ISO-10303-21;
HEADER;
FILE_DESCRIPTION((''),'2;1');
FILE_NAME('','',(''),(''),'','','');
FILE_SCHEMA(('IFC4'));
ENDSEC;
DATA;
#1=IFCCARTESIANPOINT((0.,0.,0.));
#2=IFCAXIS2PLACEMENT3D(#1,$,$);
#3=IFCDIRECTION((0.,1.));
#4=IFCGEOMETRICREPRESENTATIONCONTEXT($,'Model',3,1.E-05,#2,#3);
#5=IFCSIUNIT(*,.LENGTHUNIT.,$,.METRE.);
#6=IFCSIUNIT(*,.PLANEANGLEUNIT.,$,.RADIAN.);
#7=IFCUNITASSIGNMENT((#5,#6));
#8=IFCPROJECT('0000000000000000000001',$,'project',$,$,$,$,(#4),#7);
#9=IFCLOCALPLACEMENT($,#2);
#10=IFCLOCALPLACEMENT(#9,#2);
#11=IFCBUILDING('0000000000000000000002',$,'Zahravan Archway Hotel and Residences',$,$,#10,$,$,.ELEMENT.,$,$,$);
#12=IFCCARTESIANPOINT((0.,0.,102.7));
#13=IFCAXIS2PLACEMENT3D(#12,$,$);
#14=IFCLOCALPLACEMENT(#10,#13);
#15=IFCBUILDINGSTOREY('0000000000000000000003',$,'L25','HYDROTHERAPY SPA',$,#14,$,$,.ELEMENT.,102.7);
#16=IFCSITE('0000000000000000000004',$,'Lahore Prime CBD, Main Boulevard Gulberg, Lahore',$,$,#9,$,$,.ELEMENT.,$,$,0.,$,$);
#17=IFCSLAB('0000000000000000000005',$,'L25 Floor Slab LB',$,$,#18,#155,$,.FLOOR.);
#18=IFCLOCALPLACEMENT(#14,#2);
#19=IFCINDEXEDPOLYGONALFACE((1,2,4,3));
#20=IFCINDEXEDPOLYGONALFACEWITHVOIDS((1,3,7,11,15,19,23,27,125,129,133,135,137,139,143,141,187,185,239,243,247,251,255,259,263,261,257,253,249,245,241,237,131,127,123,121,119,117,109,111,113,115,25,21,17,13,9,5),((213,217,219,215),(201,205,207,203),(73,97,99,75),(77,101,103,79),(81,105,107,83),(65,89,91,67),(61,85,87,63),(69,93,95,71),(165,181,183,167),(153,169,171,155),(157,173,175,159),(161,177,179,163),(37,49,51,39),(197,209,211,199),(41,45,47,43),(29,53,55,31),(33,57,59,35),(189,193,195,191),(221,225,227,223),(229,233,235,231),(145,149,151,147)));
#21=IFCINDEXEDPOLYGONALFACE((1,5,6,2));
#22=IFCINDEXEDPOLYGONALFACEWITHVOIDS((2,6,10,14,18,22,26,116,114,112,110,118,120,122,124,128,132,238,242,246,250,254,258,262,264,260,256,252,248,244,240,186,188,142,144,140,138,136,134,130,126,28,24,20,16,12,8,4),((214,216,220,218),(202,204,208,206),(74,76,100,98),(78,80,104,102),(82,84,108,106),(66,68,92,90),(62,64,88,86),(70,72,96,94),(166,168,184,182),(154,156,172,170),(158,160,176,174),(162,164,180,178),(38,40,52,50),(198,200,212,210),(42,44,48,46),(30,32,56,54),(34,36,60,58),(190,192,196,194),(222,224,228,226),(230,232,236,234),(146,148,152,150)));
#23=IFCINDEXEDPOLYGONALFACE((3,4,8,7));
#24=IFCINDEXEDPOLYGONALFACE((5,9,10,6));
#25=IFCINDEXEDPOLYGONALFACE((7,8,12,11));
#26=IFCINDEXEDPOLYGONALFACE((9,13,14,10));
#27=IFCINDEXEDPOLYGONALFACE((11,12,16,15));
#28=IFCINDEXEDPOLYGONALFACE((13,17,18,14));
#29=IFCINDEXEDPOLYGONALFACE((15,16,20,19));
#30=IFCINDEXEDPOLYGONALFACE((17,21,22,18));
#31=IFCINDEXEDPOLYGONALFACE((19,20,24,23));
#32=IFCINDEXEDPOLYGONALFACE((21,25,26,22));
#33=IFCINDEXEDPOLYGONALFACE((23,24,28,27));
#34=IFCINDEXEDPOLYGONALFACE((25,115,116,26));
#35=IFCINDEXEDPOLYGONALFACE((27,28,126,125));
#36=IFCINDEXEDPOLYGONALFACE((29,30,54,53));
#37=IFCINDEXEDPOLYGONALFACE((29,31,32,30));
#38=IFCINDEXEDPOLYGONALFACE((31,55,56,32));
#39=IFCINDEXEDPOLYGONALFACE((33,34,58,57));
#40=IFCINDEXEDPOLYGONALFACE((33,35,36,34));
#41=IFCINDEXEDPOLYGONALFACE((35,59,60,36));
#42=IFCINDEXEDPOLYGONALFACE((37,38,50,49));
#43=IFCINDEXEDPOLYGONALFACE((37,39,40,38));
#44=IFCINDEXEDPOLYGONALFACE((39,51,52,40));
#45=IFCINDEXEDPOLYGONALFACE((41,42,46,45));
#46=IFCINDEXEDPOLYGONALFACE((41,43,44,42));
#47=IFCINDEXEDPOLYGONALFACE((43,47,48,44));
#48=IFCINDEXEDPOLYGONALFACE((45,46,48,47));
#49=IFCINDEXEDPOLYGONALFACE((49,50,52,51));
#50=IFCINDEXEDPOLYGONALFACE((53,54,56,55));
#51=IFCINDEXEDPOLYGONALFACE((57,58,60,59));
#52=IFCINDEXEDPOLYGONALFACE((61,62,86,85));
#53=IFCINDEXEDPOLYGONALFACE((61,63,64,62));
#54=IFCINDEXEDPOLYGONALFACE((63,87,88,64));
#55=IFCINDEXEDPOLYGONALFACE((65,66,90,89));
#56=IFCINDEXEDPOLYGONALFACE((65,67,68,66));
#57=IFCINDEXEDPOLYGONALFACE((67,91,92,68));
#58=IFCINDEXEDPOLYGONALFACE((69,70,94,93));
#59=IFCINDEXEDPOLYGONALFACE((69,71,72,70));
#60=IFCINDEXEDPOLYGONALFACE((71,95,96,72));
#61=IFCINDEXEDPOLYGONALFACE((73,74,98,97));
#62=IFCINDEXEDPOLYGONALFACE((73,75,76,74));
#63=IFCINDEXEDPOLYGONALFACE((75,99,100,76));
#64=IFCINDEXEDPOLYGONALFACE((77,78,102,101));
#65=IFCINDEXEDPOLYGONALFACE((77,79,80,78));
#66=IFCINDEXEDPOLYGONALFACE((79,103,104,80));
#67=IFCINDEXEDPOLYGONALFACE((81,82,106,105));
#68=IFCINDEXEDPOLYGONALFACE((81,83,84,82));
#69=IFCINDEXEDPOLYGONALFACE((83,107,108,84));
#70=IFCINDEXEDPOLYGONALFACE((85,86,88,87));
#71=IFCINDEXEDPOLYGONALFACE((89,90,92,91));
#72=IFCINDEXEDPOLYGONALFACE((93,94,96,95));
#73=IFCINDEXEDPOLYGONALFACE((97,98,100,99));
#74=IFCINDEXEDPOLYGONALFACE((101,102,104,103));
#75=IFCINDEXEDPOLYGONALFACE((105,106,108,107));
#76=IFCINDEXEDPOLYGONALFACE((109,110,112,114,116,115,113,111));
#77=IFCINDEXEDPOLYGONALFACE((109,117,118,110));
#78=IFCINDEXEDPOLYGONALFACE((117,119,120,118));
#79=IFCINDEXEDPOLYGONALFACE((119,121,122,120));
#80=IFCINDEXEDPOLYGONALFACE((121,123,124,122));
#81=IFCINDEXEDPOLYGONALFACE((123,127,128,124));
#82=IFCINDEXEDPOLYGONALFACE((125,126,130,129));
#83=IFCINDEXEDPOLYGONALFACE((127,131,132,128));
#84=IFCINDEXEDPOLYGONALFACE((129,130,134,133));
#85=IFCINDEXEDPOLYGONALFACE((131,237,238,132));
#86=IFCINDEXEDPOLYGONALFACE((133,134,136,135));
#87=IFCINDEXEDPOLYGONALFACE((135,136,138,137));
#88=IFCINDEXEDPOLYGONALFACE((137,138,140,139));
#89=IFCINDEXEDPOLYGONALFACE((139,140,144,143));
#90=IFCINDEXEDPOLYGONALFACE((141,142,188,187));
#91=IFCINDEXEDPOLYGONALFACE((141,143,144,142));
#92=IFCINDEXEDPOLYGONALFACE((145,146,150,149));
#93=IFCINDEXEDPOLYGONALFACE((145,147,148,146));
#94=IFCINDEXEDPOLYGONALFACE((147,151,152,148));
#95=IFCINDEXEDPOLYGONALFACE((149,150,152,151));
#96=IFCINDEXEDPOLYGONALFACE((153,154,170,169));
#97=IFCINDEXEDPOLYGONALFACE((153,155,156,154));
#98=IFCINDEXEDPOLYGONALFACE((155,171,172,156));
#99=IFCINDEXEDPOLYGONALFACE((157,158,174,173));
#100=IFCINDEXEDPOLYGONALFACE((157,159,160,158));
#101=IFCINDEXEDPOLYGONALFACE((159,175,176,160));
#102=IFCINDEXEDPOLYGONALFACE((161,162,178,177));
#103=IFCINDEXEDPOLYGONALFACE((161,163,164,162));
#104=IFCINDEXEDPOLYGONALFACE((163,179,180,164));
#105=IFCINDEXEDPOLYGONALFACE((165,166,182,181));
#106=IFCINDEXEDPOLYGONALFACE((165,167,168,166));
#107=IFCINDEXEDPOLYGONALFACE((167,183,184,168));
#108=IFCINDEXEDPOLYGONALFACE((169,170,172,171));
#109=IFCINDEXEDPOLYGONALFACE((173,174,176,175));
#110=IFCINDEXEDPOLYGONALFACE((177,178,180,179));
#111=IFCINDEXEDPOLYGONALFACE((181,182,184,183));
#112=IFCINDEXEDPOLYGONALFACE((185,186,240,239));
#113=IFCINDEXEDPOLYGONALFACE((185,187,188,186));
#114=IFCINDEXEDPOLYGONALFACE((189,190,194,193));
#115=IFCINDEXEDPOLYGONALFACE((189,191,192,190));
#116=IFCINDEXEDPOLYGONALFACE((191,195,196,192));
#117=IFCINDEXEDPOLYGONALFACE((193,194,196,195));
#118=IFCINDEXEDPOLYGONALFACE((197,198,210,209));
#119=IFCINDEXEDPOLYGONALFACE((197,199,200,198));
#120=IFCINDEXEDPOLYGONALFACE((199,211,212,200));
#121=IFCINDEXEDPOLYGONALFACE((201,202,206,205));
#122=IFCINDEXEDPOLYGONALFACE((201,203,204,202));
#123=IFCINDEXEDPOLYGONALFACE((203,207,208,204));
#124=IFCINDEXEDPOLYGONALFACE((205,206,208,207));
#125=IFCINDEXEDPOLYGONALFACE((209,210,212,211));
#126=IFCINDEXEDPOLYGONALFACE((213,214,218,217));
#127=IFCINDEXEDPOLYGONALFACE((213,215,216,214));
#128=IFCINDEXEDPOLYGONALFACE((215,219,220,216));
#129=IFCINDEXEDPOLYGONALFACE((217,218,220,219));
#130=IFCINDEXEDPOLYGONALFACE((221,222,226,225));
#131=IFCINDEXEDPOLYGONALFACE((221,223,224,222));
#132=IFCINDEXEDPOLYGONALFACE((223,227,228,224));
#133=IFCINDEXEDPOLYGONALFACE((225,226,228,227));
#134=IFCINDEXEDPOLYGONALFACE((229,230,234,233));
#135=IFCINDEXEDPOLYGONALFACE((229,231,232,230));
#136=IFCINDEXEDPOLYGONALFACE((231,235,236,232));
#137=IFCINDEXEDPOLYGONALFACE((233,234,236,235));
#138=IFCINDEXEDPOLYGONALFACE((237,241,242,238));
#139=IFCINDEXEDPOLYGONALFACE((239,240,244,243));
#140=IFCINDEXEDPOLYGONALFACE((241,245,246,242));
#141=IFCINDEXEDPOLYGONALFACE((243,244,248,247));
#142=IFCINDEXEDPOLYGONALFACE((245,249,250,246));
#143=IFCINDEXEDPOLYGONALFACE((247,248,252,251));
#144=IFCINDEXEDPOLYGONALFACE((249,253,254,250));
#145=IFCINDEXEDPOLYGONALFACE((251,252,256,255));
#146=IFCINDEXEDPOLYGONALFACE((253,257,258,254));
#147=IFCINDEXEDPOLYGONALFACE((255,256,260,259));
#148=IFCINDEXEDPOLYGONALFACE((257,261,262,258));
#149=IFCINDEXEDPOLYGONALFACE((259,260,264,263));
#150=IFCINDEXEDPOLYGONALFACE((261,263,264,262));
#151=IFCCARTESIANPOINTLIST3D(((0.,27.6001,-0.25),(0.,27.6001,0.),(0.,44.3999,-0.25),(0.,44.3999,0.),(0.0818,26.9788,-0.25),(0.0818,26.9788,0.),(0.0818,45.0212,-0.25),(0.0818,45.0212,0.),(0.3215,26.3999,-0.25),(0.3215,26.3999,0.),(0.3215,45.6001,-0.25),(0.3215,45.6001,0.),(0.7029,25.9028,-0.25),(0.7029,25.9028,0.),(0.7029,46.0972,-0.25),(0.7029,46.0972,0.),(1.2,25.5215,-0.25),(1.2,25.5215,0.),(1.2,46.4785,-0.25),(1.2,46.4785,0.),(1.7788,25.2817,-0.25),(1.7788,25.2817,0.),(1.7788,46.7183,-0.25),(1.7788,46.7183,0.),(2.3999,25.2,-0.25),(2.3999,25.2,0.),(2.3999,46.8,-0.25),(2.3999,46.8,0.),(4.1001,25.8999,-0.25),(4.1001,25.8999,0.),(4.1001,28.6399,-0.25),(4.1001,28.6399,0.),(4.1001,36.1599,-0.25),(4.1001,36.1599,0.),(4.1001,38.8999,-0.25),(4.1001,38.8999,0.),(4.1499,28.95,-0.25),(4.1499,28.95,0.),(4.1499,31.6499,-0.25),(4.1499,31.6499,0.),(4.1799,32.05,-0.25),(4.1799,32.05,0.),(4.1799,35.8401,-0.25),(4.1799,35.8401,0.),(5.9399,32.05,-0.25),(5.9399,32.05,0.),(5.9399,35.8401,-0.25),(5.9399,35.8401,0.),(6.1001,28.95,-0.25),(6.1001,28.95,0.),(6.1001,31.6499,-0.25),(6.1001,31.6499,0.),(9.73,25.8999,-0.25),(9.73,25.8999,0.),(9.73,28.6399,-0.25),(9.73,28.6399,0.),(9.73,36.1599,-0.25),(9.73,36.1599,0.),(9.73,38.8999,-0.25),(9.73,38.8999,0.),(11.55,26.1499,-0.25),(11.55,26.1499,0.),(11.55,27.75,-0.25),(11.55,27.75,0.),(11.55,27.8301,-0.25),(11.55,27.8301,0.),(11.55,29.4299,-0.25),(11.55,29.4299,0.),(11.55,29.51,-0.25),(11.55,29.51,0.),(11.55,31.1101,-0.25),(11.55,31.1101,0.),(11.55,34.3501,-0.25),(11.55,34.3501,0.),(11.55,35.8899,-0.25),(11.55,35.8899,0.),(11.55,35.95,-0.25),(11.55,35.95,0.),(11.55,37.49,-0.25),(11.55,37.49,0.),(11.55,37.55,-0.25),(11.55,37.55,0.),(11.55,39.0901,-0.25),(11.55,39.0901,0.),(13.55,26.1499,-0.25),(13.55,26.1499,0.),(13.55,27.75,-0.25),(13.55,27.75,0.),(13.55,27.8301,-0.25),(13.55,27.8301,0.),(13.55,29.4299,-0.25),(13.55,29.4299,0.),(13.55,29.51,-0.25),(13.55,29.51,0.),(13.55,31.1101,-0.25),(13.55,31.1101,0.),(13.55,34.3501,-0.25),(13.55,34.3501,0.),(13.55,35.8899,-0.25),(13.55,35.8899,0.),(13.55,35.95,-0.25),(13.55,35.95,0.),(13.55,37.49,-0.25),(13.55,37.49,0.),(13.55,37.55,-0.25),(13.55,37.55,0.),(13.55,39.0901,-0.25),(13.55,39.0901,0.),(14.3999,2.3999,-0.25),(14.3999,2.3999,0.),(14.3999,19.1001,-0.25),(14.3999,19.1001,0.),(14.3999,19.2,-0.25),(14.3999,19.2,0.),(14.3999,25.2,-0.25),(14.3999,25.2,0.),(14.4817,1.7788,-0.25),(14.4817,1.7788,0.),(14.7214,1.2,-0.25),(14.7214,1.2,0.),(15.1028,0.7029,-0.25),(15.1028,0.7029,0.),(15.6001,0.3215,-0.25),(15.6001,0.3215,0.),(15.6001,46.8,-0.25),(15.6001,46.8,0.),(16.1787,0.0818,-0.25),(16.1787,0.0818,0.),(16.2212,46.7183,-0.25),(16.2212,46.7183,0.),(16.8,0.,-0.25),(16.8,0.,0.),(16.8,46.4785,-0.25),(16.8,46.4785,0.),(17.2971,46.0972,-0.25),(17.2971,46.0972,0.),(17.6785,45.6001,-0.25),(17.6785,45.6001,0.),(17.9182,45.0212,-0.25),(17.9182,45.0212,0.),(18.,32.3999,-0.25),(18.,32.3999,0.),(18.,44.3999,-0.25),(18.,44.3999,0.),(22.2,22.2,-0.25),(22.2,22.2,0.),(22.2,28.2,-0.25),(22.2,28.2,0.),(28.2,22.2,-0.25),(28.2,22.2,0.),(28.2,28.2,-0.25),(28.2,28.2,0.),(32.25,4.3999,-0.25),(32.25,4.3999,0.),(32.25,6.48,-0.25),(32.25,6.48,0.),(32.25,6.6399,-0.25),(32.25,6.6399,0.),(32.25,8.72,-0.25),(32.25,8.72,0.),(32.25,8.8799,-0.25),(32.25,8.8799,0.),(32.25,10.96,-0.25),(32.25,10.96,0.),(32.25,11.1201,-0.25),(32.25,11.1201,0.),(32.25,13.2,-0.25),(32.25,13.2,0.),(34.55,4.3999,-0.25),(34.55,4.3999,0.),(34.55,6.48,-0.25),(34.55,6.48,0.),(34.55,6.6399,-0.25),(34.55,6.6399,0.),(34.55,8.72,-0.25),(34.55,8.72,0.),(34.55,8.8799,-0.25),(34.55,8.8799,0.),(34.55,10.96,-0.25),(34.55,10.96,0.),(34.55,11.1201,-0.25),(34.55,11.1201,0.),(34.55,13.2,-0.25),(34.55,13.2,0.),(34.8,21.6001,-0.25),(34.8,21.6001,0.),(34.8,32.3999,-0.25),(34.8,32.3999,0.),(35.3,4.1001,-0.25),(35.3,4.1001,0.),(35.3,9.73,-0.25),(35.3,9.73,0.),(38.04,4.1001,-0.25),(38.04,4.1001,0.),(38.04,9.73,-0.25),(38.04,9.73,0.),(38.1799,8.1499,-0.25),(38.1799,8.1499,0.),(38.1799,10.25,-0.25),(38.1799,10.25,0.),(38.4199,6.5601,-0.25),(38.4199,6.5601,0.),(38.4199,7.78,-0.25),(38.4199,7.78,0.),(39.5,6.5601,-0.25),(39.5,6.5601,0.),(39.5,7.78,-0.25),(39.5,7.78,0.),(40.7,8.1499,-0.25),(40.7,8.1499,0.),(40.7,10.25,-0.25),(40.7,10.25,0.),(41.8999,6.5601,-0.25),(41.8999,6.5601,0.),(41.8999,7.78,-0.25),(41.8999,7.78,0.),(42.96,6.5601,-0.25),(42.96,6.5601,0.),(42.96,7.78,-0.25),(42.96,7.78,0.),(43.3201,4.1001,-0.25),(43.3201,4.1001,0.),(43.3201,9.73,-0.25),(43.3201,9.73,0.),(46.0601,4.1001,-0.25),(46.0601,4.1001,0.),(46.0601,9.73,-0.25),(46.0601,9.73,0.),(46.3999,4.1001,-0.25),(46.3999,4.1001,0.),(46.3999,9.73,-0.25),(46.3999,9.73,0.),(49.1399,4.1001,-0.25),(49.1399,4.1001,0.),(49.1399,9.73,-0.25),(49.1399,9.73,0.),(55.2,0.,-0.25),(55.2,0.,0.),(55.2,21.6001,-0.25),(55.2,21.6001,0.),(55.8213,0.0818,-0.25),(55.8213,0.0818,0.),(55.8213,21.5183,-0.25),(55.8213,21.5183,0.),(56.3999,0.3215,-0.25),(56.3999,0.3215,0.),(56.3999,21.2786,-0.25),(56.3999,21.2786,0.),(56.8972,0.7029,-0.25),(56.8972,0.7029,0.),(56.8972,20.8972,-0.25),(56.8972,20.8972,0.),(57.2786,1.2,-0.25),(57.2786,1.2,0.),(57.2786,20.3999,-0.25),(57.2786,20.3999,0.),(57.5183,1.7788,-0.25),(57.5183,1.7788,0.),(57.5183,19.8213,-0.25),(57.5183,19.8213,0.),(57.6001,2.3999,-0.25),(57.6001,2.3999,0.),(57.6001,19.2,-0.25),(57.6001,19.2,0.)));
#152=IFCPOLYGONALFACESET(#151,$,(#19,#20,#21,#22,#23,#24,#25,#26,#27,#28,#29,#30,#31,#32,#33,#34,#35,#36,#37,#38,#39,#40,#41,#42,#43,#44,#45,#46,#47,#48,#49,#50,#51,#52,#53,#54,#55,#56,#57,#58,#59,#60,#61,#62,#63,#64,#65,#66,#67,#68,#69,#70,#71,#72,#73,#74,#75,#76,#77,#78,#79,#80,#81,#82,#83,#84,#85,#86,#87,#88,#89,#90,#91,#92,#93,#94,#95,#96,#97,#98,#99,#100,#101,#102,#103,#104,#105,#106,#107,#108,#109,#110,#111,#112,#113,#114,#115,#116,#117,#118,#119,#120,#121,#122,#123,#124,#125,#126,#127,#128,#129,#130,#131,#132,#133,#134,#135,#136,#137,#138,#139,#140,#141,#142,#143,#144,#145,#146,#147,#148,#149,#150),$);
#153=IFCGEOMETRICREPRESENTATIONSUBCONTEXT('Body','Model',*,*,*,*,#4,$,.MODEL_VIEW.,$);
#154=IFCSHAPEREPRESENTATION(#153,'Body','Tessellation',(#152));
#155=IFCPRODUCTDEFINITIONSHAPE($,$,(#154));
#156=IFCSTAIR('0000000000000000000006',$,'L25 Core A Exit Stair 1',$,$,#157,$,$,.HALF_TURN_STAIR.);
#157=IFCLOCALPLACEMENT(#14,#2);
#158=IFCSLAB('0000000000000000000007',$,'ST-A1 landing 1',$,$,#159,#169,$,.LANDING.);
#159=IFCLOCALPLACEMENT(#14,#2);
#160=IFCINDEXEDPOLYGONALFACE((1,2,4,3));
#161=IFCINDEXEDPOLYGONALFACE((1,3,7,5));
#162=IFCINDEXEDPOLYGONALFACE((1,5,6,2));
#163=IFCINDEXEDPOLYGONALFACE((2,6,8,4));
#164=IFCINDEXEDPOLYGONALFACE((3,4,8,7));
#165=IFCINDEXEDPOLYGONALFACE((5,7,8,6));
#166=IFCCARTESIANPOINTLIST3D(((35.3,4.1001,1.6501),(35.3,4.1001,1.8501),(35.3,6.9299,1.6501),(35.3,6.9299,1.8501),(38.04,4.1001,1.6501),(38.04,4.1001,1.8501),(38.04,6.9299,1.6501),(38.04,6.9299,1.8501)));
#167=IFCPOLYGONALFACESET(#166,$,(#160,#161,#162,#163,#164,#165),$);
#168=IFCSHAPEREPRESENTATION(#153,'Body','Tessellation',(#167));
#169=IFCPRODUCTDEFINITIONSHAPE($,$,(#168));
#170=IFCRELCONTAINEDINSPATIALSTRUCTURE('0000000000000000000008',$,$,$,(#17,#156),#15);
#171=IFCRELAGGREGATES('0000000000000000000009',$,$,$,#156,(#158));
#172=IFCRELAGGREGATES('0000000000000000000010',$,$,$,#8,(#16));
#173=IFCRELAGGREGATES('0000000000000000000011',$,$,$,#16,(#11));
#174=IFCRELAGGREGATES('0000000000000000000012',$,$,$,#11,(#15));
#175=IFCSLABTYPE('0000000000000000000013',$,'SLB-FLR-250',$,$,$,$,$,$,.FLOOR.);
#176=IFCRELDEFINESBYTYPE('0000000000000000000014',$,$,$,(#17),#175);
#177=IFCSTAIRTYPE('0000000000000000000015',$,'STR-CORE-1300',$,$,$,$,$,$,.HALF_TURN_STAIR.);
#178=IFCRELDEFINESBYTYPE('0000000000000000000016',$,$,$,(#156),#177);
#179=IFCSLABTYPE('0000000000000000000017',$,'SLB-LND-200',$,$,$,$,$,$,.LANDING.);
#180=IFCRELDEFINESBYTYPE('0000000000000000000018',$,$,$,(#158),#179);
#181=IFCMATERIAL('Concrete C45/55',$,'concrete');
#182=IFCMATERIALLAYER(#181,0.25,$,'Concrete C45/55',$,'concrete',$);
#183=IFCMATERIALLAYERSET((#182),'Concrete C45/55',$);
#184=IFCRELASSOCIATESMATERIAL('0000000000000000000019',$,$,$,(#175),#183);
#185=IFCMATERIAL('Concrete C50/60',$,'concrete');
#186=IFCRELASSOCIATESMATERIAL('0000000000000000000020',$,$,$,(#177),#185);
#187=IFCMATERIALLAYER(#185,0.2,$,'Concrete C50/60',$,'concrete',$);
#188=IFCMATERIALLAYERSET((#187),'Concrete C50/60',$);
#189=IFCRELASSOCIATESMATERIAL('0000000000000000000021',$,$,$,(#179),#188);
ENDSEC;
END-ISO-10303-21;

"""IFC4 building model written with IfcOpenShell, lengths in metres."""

from ifc_helpers import new_model, si_unit, direction, frame, origin, place, context, subcontext, project, spatial, polyline, outline, extrude, material, layer, layer_set, type_object, element, aggregate, save


model = new_model("IFC4")

# Units and contexts
model_context = context("Model", 3, precision=1e-05, world=origin(), true_north=direction((0.0, 1.0)))
body_context = subcontext(model_context, "Body", "Model", "MODEL_VIEW")
ifc_project = project(units=[si_unit("LENGTHUNIT", "METRE"), si_unit("PLANEANGLEUNIT", "RADIAN")], contexts=[model_context])

# Site, building, storey
site_placement = place(None, origin())
site = spatial("IfcSite", under=ifc_project, at=site_placement, Name="Lahore Prime CBD, Main Boulevard Gulberg, Lahore", CompositionType="ELEMENT", RefElevation=0.0)
building_placement = place(site_placement, origin())
building = spatial("IfcBuilding", under=site, at=building_placement, Name="Zahravan Archway Hotel and Residences", CompositionType="ELEMENT")
storey_placement = place(building_placement, frame((0.0, 0.0, 102.7)))
storey = spatial("IfcBuildingStorey", under=building, at=storey_placement, Name="L25", Description="HYDROTHERAPY SPA", CompositionType="ELEMENT", Elevation=102.7)

# Slab
ifc_material_1 = material(Name="Concrete C45/55", Category="concrete")
ifc_layer_1 = layer(ifc_material_1, 0.25, Name="Concrete C45/55", Category="concrete")
ifc_layer_set_1 = layer_set([ifc_layer_1], Name="Concrete C45/55")
slab_type_1 = type_object("IfcSlabType", Name="SLB-FLR-250", PredefinedType="FLOOR", material=ifc_layer_set_1)
slab_1_placement = place(storey_placement, frame((0.0, 0.0, -0.25)))
element("IfcSlab", 1, at=slab_1_placement, inside=storey, type_object=slab_type_1, Name="L25 Floor Slab LB", PredefinedType="FLOOR", context=body_context, shape_type="SweptSolid", body=[
    extrude(outline(polyline([(34.8, 21.6001), (34.8, 32.3999), (18.0, 32.3999), (18.0, 44.3999), (17.9182, 45.0212), (17.6785, 45.6001), (17.2971, 46.0972), (16.8, 46.4785), (16.2212, 46.7183), (15.6001, 46.8), (2.3999, 46.8), (1.7788, 46.7183), (1.2, 46.4785), (0.7029, 46.0972), (0.3215, 45.6001), (0.0818, 45.0212), (0.0, 44.3999), (0.0, 27.6001), (0.0818, 26.9788), (0.3215, 26.3999), (0.7029, 25.9028), (1.2, 25.5215), (1.7788, 25.2817), (2.3999, 25.2), (14.3999, 25.2), (14.3999, 19.2), (14.3999, 19.1001), (14.3999, 2.3999), (14.4817, 1.7788), (14.7214, 1.2), (15.1028, 0.7029), (15.6001, 0.3215), (16.1787, 0.0818), (16.8, 0.0), (55.2, 0.0), (55.8213, 0.0818), (56.3999, 0.3215), (56.8972, 0.7029), (57.2786, 1.2), (57.5183, 1.7788), (57.6001, 2.3999), (57.6001, 19.2), (57.5183, 19.8213), (57.2786, 20.3999), (56.8972, 20.8972), (56.3999, 21.2786), (55.8213, 21.5183), (55.2, 21.6001), (34.8, 21.6001)]), holes=[polyline([(35.3, 9.73), (35.3, 4.1001), (38.04, 4.1001), (38.04, 9.73), (35.3, 9.73)]), polyline([(43.3201, 9.73), (43.3201, 4.1001), (46.0601, 4.1001), (46.0601, 9.73), (43.3201, 9.73)]), polyline([(46.3999, 9.73), (46.3999, 4.1001), (49.1399, 4.1001), (49.1399, 9.73), (46.3999, 9.73)]), polyline([(9.73, 28.6399), (4.1001, 28.6399), (4.1001, 25.8999), (9.73, 25.8999), (9.73, 28.6399)]), polyline([(9.73, 38.8999), (4.1001, 38.8999), (4.1001, 36.1599), (9.73, 36.1599), (9.73, 38.8999)]), polyline([(38.1799, 8.1499), (40.7, 8.1499), (40.7, 10.25), (38.1799, 10.25), (38.1799, 8.1499)]), polyline([(4.1499, 28.95), (6.1001, 28.95), (6.1001, 31.6499), (4.1499, 31.6499), (4.1499, 28.95)]), polyline([(11.55, 26.1499), (13.55, 26.1499), (13.55, 27.75), (11.55, 27.75), (11.55, 26.1499)]), polyline([(11.55, 27.8301), (13.55, 27.8301), (13.55, 29.4299), (11.55, 29.4299), (11.55, 27.8301)]), polyline([(11.55, 29.51), (13.55, 29.51), (13.55, 31.1101), (11.55, 31.1101), (11.55, 29.51)]), polyline([(11.55, 34.3501), (13.55, 34.3501), (13.55, 35.8899), (11.55, 35.8899), (11.55, 34.3501)]), polyline([(11.55, 35.95), (13.55, 35.95), (13.55, 37.49), (11.55, 37.49), (11.55, 35.95)]), polyline([(11.55, 37.55), (13.55, 37.55), (13.55, 39.0901), (11.55, 39.0901), (11.55, 37.55)]), polyline([(32.25, 4.3999), (34.55, 4.3999), (34.55, 6.48), (32.25, 6.48), (32.25, 4.3999)]), polyline([(32.25, 6.6399), (34.55, 6.6399), (34.55, 8.72), (32.25, 8.72), (32.25, 6.6399)]), polyline([(32.25, 8.8799), (34.55, 8.8799), (34.55, 10.96), (32.25, 10.96), (32.25, 8.8799)]), polyline([(32.25, 11.1201), (34.55, 11.1201), (34.55, 13.2), (32.25, 13.2), (32.25, 11.1201)]), polyline([(22.2, 22.2), (28.2, 22.2), (28.2, 28.2), (22.2, 28.2), (22.2, 22.2)]), polyline([(38.4199, 6.5601), (39.5, 6.5601), (39.5, 7.78), (38.4199, 7.78), (38.4199, 6.5601)]), polyline([(41.8999, 6.5601), (42.96, 6.5601), (42.96, 7.78), (41.8999, 7.78), (41.8999, 6.5601)]), polyline([(4.1799, 32.05), (5.9399, 32.05), (5.9399, 35.8401), (4.1799, 35.8401), (4.1799, 32.05)])]), origin(), (0.0, 0.0, 1.0), 0.25),
])

# Stair, slab
ifc_material_2 = material(Name="Concrete C50/60", Category="concrete")
stair_type = type_object("IfcStairType", Name="STR-CORE-1300", PredefinedType="HALF_TURN_STAIR", material=ifc_material_2)
stair_1_placement = place(storey_placement, origin())
stair_1 = element("IfcStair", 2, at=stair_1_placement, inside=storey, type_object=stair_type, Name="L25 Core A Exit Stair 1", PredefinedType="HALF_TURN_STAIR")
ifc_layer_2 = layer(ifc_material_2, 0.2, Name="Concrete C50/60", Category="concrete")
ifc_layer_set_2 = layer_set([ifc_layer_2], Name="Concrete C50/60")
slab_type_2 = type_object("IfcSlabType", Name="SLB-LND-200", PredefinedType="LANDING", material=ifc_layer_set_2)
slab_2_placement = place(storey_placement, frame((0.0, 0.0, 1.6501)))
slab_2 = element("IfcSlab", 3, at=slab_2_placement, type_object=slab_type_2, Name="ST-A1 landing 1", PredefinedType="LANDING", context=body_context, shape_type="SweptSolid", body=[
    extrude(outline(polyline([(35.3, 6.9299), (35.3, 4.1001), (38.04, 4.1001), (38.04, 6.9299), (35.3, 6.9299)])), origin(), (0.0, 0.0, 1.0), 0.2),
])
aggregate(stair_1, [slab_2])

save(model, "model.ifc")
